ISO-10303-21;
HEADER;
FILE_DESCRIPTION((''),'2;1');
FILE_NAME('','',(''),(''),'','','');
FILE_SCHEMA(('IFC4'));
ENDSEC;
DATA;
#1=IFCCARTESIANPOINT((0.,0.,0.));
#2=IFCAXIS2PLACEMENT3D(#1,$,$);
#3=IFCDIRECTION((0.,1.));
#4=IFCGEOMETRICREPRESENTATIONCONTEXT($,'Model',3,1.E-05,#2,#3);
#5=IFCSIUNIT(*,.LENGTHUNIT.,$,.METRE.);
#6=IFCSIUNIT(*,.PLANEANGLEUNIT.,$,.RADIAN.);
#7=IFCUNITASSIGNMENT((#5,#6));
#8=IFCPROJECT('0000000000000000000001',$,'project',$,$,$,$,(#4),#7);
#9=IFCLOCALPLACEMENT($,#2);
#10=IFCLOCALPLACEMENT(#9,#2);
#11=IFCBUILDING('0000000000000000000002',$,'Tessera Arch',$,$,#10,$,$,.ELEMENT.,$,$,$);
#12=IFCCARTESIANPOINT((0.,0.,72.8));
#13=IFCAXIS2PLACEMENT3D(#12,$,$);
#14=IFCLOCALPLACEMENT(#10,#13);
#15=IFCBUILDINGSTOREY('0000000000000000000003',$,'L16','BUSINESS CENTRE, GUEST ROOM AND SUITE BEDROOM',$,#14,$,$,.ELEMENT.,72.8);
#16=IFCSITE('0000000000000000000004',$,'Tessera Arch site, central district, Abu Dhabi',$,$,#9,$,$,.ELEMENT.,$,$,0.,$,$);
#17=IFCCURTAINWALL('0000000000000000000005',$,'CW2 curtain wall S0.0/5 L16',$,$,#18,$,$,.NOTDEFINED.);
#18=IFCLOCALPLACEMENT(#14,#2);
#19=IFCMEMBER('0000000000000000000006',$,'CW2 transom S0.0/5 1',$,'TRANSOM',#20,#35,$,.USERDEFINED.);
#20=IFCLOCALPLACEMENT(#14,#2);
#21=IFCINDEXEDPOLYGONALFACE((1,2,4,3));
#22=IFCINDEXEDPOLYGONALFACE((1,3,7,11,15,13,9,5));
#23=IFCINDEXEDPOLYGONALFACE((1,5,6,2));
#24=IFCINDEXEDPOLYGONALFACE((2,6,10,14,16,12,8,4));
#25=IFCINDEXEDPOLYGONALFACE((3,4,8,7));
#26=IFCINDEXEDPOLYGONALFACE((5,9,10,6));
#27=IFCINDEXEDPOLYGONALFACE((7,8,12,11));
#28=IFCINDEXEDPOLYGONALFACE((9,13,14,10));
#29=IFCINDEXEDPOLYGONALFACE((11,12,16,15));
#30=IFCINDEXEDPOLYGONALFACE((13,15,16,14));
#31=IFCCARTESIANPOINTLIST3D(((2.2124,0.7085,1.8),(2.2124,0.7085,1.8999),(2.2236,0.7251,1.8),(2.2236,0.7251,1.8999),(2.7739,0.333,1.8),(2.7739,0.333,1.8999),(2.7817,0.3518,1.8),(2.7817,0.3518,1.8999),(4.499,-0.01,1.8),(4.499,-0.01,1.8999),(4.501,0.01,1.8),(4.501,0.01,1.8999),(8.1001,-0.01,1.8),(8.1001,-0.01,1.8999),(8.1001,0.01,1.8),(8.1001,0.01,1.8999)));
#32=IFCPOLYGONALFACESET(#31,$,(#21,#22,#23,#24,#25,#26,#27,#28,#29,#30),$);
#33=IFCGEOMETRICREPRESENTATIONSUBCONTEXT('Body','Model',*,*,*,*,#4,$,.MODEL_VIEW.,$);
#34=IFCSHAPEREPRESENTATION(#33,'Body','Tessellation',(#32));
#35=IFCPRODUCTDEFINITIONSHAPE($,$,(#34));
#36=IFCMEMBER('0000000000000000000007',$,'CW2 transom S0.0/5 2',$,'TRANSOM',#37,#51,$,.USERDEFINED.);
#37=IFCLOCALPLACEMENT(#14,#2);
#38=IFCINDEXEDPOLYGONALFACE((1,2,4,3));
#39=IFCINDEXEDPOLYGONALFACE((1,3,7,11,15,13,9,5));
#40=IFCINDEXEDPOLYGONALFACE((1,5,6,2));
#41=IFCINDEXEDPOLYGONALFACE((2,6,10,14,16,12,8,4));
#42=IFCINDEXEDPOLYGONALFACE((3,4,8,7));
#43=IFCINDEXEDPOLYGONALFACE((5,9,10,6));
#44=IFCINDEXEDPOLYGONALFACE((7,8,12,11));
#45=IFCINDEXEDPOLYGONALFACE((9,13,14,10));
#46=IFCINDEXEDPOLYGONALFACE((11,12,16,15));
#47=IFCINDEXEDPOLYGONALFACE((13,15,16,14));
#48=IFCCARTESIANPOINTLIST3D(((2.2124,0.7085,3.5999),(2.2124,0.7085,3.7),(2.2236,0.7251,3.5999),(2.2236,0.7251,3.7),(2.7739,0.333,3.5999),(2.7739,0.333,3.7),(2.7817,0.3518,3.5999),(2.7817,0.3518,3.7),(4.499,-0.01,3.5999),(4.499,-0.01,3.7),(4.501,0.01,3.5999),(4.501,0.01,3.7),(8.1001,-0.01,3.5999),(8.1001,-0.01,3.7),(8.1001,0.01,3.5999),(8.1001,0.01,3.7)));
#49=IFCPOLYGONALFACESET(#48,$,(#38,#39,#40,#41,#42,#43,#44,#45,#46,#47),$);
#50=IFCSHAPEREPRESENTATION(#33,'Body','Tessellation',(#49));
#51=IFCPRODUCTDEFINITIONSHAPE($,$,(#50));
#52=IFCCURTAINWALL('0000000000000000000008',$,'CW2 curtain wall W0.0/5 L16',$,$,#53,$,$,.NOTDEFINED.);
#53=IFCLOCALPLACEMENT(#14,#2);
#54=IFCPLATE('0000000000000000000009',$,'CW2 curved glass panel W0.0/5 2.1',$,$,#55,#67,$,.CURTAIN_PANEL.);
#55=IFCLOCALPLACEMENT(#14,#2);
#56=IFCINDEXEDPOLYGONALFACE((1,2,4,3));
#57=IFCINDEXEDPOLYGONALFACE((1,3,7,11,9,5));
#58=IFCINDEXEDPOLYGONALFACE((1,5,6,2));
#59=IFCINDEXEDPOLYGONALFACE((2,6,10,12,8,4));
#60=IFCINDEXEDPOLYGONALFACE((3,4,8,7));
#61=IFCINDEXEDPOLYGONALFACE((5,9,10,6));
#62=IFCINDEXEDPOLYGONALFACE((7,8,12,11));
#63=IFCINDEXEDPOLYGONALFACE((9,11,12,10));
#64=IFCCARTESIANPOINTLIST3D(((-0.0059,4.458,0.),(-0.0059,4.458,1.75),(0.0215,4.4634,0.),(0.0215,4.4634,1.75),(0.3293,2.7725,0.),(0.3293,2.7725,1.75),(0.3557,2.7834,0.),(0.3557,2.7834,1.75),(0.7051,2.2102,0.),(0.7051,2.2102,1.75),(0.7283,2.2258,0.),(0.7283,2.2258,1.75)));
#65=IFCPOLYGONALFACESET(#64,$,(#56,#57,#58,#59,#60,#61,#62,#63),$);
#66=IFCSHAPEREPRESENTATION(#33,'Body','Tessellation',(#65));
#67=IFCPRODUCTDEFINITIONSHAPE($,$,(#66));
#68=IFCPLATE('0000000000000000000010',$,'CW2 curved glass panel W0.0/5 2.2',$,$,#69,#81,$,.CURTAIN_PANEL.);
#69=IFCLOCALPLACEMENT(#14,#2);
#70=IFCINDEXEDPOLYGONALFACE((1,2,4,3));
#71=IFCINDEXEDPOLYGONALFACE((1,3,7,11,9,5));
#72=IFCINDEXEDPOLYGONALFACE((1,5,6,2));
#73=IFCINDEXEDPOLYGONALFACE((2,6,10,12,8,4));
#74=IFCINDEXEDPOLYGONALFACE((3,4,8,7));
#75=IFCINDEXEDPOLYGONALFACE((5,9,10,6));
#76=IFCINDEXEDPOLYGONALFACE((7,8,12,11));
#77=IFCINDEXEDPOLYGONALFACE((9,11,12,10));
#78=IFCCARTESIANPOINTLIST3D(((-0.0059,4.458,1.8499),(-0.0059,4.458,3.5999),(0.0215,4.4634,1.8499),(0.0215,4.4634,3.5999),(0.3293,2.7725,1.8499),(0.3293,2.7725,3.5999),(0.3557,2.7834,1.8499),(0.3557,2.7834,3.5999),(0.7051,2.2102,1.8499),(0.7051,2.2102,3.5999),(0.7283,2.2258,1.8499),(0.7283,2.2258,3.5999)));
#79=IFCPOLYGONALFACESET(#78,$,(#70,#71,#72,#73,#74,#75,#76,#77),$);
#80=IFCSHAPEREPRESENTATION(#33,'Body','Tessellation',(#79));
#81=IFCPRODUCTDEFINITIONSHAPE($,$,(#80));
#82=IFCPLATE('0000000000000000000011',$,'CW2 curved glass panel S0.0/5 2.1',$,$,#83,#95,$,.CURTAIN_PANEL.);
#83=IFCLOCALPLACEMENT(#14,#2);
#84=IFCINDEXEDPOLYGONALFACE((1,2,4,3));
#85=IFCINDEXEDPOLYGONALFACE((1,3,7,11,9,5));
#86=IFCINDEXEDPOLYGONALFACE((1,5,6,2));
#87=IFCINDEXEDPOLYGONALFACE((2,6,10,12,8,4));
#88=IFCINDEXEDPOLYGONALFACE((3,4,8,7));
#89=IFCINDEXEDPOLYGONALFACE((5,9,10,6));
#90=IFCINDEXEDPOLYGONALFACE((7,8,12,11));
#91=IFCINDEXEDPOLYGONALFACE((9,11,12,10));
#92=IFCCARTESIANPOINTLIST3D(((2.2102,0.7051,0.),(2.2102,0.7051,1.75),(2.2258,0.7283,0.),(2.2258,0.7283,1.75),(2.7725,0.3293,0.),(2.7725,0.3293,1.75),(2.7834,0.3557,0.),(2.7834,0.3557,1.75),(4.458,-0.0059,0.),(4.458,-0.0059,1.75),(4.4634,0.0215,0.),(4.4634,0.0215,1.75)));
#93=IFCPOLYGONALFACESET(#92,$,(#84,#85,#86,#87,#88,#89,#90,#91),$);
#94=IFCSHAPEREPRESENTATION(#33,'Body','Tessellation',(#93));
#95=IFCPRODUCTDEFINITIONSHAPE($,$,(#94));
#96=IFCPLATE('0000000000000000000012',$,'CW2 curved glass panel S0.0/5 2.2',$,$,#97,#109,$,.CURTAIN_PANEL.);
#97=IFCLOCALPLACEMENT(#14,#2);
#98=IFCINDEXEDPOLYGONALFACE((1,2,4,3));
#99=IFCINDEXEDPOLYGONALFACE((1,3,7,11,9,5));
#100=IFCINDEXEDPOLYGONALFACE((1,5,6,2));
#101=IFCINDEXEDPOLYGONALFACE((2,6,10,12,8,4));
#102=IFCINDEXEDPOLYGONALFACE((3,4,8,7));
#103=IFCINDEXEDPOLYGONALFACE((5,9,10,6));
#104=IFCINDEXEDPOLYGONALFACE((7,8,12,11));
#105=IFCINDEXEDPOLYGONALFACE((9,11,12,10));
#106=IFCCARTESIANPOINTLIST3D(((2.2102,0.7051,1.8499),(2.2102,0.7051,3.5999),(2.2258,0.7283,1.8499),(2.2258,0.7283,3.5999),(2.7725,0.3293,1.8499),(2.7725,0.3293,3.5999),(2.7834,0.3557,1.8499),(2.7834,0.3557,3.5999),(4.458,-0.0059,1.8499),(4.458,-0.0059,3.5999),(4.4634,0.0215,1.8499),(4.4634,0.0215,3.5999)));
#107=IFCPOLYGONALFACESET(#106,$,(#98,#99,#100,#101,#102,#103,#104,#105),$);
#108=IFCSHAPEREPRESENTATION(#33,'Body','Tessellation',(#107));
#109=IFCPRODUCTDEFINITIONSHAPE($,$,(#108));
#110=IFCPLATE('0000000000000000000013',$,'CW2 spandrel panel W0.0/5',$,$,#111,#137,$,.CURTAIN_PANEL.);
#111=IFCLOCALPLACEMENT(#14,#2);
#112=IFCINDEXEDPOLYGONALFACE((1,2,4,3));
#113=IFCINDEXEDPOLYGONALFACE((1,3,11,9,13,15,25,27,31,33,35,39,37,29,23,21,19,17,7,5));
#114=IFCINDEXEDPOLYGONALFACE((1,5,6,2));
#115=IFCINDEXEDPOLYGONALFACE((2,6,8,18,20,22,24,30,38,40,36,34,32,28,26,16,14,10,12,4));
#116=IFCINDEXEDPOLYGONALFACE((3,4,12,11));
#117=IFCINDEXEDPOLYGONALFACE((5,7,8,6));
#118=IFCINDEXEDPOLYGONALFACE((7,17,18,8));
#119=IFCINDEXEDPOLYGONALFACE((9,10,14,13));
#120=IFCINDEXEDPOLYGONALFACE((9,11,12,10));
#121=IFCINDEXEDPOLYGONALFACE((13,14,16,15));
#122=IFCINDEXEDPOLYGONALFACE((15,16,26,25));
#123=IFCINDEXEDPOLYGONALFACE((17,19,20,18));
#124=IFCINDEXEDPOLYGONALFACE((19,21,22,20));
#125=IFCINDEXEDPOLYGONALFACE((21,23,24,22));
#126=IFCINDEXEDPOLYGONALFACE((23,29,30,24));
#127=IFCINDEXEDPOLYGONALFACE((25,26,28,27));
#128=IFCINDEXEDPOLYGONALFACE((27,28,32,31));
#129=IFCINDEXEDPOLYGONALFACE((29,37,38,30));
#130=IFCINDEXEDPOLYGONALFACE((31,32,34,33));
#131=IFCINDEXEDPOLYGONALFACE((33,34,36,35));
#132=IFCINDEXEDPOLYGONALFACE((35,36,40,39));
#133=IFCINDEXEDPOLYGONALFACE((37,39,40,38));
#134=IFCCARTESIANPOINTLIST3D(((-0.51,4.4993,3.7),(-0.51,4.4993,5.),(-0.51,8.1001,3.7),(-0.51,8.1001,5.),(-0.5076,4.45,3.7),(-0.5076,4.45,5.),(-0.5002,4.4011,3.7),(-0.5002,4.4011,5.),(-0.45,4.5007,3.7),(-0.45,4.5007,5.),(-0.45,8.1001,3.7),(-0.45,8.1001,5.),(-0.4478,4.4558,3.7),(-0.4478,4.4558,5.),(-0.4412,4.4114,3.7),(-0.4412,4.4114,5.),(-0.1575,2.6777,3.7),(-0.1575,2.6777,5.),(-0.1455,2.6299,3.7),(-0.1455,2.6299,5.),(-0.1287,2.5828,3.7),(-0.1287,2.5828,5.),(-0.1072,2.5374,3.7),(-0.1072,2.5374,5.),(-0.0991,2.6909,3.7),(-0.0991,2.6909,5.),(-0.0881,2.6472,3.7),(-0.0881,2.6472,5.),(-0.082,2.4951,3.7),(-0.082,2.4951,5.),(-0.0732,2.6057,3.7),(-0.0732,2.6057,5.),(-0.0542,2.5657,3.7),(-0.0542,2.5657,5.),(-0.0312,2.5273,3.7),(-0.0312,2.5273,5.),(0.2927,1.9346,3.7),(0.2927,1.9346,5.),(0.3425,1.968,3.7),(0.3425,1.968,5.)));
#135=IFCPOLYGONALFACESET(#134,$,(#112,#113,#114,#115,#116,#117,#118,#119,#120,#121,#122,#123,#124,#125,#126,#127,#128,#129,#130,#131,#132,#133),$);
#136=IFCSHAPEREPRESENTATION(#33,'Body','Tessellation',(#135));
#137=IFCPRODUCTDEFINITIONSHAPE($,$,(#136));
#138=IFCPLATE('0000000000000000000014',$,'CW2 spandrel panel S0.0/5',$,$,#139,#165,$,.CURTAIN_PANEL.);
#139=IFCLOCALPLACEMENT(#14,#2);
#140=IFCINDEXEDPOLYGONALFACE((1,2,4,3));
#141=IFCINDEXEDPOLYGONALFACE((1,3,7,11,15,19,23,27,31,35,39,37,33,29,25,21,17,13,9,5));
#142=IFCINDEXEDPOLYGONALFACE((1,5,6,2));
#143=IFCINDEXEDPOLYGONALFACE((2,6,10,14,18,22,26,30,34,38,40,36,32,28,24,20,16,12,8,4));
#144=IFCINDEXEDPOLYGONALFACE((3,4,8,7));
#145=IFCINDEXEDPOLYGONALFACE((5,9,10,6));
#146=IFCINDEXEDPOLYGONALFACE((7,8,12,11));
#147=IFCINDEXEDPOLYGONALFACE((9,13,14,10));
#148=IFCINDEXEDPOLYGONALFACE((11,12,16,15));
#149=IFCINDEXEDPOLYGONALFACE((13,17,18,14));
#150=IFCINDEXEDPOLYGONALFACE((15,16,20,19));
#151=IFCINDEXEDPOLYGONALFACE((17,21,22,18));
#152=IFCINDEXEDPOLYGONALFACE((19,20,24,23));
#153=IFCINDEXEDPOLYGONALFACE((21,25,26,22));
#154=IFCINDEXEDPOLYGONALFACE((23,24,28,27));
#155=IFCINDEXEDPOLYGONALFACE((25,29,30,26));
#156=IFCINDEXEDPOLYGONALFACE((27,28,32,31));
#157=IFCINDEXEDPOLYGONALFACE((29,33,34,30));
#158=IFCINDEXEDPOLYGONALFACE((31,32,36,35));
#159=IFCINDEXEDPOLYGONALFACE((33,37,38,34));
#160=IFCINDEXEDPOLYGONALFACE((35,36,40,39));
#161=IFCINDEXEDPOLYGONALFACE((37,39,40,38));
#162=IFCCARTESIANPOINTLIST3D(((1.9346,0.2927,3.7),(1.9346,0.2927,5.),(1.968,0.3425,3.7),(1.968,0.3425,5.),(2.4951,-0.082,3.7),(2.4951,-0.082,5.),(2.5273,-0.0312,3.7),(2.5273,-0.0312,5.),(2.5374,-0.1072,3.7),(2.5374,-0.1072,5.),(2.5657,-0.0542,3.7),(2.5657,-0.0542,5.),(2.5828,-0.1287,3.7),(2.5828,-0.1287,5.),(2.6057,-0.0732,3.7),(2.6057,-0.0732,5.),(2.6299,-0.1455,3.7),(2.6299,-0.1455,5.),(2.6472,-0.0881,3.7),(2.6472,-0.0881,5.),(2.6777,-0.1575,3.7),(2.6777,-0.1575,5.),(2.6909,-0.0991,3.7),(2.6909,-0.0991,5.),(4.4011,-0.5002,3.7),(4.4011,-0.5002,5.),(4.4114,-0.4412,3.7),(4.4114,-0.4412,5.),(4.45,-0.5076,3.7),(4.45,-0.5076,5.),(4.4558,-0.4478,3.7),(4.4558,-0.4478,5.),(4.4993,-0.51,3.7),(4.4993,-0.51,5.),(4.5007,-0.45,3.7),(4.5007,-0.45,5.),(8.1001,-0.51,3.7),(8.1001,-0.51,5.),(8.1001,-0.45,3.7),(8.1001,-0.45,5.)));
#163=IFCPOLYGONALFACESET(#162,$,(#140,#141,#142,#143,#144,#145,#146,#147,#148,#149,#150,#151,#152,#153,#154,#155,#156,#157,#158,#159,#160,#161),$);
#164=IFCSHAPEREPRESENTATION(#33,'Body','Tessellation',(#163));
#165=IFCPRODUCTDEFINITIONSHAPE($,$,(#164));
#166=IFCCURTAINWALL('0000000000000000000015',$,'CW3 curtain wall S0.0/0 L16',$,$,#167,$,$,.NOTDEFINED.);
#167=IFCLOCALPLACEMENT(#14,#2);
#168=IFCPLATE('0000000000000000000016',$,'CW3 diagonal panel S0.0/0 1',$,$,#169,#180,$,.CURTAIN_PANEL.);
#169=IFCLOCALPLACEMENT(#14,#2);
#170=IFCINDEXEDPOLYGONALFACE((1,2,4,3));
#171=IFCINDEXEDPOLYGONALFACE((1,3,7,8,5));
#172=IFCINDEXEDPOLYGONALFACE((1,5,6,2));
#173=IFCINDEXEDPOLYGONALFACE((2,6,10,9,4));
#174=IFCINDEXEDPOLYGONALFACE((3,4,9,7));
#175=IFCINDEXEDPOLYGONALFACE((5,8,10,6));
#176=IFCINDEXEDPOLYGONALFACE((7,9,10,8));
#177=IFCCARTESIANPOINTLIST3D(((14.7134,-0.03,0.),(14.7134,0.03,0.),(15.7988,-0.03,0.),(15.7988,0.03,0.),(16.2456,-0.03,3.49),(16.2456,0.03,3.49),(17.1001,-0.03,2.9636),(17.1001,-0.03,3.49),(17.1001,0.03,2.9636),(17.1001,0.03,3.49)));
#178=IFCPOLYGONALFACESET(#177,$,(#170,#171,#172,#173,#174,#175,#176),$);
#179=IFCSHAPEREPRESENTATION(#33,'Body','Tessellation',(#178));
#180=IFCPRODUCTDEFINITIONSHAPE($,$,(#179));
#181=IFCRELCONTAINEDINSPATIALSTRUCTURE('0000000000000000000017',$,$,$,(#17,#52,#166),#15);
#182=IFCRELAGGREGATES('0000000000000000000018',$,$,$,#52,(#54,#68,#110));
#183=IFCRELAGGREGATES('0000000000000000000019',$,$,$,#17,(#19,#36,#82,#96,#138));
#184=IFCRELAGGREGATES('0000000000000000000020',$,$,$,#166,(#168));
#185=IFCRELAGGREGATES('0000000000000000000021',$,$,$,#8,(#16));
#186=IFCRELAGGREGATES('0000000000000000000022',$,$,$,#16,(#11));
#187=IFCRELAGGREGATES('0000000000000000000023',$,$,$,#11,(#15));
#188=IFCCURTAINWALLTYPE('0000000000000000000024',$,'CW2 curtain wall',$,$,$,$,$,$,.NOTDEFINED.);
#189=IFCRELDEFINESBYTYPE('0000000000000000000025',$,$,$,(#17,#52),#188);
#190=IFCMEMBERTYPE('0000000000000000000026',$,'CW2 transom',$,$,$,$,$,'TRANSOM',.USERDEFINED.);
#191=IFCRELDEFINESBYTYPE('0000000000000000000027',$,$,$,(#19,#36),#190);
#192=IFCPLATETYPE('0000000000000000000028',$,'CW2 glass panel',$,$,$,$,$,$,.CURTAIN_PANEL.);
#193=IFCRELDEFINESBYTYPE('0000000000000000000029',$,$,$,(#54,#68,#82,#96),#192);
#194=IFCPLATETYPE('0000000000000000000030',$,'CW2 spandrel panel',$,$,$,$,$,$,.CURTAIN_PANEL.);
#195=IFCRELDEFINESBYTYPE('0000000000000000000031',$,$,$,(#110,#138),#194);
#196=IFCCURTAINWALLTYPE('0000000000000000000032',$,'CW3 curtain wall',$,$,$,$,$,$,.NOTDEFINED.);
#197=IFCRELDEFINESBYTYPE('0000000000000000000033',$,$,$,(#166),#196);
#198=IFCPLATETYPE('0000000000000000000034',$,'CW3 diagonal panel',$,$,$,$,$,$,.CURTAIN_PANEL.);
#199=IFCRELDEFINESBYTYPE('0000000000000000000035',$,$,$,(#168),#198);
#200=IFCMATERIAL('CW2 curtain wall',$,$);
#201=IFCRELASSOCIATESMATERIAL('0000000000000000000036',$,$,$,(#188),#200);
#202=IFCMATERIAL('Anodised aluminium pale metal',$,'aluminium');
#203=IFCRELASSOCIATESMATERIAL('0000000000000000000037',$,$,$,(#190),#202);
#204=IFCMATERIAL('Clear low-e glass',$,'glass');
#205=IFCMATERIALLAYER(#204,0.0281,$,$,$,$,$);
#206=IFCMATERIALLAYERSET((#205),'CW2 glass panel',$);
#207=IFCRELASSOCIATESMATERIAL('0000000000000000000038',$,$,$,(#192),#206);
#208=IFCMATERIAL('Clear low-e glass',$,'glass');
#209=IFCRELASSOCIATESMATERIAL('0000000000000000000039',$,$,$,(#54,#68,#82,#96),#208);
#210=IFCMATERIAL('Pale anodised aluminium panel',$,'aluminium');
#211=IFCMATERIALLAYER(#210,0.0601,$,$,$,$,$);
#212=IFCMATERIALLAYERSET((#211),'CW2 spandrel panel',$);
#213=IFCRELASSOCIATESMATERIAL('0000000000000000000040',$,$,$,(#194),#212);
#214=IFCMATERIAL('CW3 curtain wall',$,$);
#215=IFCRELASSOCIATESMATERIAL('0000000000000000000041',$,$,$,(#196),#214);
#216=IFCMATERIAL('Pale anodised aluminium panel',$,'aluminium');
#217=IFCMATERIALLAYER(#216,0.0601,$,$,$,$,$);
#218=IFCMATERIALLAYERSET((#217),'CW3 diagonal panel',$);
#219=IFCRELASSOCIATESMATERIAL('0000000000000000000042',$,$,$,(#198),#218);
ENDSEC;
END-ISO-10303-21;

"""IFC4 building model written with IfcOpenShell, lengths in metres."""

from ifc_helpers import new_model, si_unit, direction, frame, origin, origin_2d, place, context, subcontext, project, spatial, polyline, rectangle, outline, extrude, material, layer, layer_set, material_profile, profile_set, type_object, element, aggregate, save


model = new_model("IFC4")

# Units and contexts
model_context = context("Model", 3, precision=1e-05, world=origin(), true_north=direction((0.0, 1.0)))
body_context = subcontext(model_context, "Body", "Model", "MODEL_VIEW")
ifc_project = project(units=[si_unit("LENGTHUNIT", "METRE"), si_unit("PLANEANGLEUNIT", "RADIAN")], contexts=[model_context])

# Site, building, storey
site_placement = place(None, origin())
site = spatial("IfcSite", under=ifc_project, at=site_placement, Name="Tessera Arch site, central district, Abu Dhabi", CompositionType="ELEMENT", RefElevation=0.0)
building_placement = place(site_placement, origin())
building = spatial("IfcBuilding", under=site, at=building_placement, Name="Tessera Arch", CompositionType="ELEMENT")
storey_placement = place(building_placement, frame((0.0, 0.0, 72.8)))
storey = spatial("IfcBuildingStorey", under=building, at=storey_placement, Name="L16", Description="BUSINESS CENTRE, GUEST ROOM AND SUITE BEDROOM", CompositionType="ELEMENT", Elevation=72.8)

# Curtain wall, members
ifc_material_1 = material(Name="CW2 curtain wall")
curtain_wall_type_1 = type_object("IfcCurtainWallType", Name="CW2 curtain wall", PredefinedType="NOTDEFINED", material=ifc_material_1)
curtain_wall_1_placement = place(storey_placement, origin())
curtain_wall_1 = element("IfcCurtainWall", 1, at=curtain_wall_1_placement, inside=storey, type_object=curtain_wall_type_1, Name="CW2 curtain wall S0.0/5 L16", PredefinedType="NOTDEFINED")
ifc_material_2 = material(Name="Anodised aluminium pale metal", Category="aluminium")
ifc_material_profile = material_profile(ifc_material_2, rectangle(XDim=0.2, YDim=0.1001, at=origin_2d()), Name="AL 200x100")
ifc_profile_set = profile_set([ifc_material_profile], Name="Anodised aluminium pale metal")
member_type = type_object("IfcMemberType", Name="CW2 transom", ElementType="TRANSOM", PredefinedType="USERDEFINED", material=ifc_profile_set)
member_1_placement = place(storey_placement, frame((0.0, 0.0, 1.8)))
member_1 = element("IfcMember", 2, at=member_1_placement, type_object=member_type, Name="CW2 transom S0.0/5 1", ObjectType="TRANSOM", PredefinedType="USERDEFINED", context=body_context, shape_type="SweptSolid", body=[
    extrude(outline(polyline([(2.7817, 0.3518), (2.2236, 0.7251), (2.2124, 0.7085), (2.7739, 0.333), (4.499, -0.01), (8.1001, -0.01), (8.1001, 0.01), (4.501, 0.01), (2.7817, 0.3518)])), origin(), (0.0, 0.0, 1.0), 0.0999),
])
member_2_placement = place(storey_placement, frame((0.0, 0.0, 3.5999)))
member_2 = element("IfcMember", 3, at=member_2_placement, type_object=member_type, Name="CW2 transom S0.0/5 2", ObjectType="TRANSOM", PredefinedType="USERDEFINED", context=body_context, shape_type="SweptSolid", body=[
    extrude(outline(polyline([(2.7817, 0.3518), (2.2236, 0.7251), (2.2124, 0.7085), (2.7739, 0.333), (4.499, -0.01), (8.1001, -0.01), (8.1001, 0.01), (4.501, 0.01), (2.7817, 0.3518)])), origin(), (0.0, 0.0, 1.0), 0.1001),
])

# Curtain wall, plates
curtain_wall_2_placement = place(storey_placement, origin())
curtain_wall_2 = element("IfcCurtainWall", 4, at=curtain_wall_2_placement, inside=storey, type_object=curtain_wall_type_1, Name="CW2 curtain wall W0.0/5 L16", PredefinedType="NOTDEFINED")
ifc_material_3 = material(Name="Clear low-e glass", Category="glass")
ifc_material_4 = material(Name="Clear low-e glass", Category="glass")
ifc_layer_1 = layer(ifc_material_4, 0.0281)
ifc_layer_set_1 = layer_set([ifc_layer_1], Name="CW2 glass panel")
plate_type_1 = type_object("IfcPlateType", Name="CW2 glass panel", PredefinedType="CURTAIN_PANEL", material=ifc_layer_set_1)
plate_1_placement = place(storey_placement, origin())
plate_1 = element("IfcPlate", 5, at=plate_1_placement, type_object=plate_type_1, material=ifc_material_3, Name="CW2 curved glass panel W0.0/5 2.1", PredefinedType="CURTAIN_PANEL", context=body_context, shape_type="SweptSolid", body=[
    extrude(outline(polyline([(0.3557, 2.7834), (0.0215, 4.4634), (-0.0059, 4.458), (0.3293, 2.7725), (0.7051, 2.2102), (0.7283, 2.2258), (0.3557, 2.7834)])), origin(), (0.0, 0.0, 1.0), 1.75),
])
plate_2_placement = place(storey_placement, frame((0.0, 0.0, 1.8499)))
plate_2 = element("IfcPlate", 6, at=plate_2_placement, type_object=plate_type_1, material=ifc_material_3, Name="CW2 curved glass panel W0.0/5 2.2", PredefinedType="CURTAIN_PANEL", context=body_context, shape_type="SweptSolid", body=[
    extrude(outline(polyline([(0.3557, 2.7834), (0.0215, 4.4634), (-0.0059, 4.458), (0.3293, 2.7725), (0.7051, 2.2102), (0.7283, 2.2258), (0.3557, 2.7834)])), origin(), (0.0, 0.0, 1.0), 1.75),
])

# Plates
plate_3_placement = place(storey_placement, origin())
plate_3 = element("IfcPlate", 7, at=plate_3_placement, type_object=plate_type_1, material=ifc_material_3, Name="CW2 curved glass panel S0.0/5 2.1", PredefinedType="CURTAIN_PANEL", context=body_context, shape_type="SweptSolid", body=[
    extrude(outline(polyline([(2.7834, 0.3557), (2.2258, 0.7283), (2.2102, 0.7051), (2.7725, 0.3293), (4.458, -0.0059), (4.4634, 0.0215), (2.7834, 0.3557)])), origin(), (0.0, 0.0, 1.0), 1.75),
])
plate_4_placement = place(storey_placement, frame((0.0, 0.0, 1.8499)))
plate_4 = element("IfcPlate", 8, at=plate_4_placement, type_object=plate_type_1, material=ifc_material_3, Name="CW2 curved glass panel S0.0/5 2.2", PredefinedType="CURTAIN_PANEL", context=body_context, shape_type="SweptSolid", body=[
    extrude(outline(polyline([(2.7834, 0.3557), (2.2258, 0.7283), (2.2102, 0.7051), (2.7725, 0.3293), (4.458, -0.0059), (4.4634, 0.0215), (2.7834, 0.3557)])), origin(), (0.0, 0.0, 1.0), 1.75),
])
ifc_material_5 = material(Name="Pale anodised aluminium panel", Category="aluminium")
ifc_layer_2 = layer(ifc_material_5, 0.0601)
ifc_layer_set_2 = layer_set([ifc_layer_2], Name="CW2 spandrel panel")
plate_type_2 = type_object("IfcPlateType", Name="CW2 spandrel panel", PredefinedType="CURTAIN_PANEL", material=ifc_layer_set_2)
plate_5_placement = place(storey_placement, frame((0.0, 0.0, 3.7)))
plate_5 = element("IfcPlate", 9, at=plate_5_placement, type_object=plate_type_2, Name="CW2 spandrel panel W0.0/5", PredefinedType="CURTAIN_PANEL", context=body_context, shape_type="SweptSolid", body=[
    extrude(outline(polyline([(-0.45, 4.5007), (-0.45, 8.1001), (-0.51, 8.1001), (-0.51, 4.4993), (-0.5076, 4.45), (-0.5002, 4.4011), (-0.1575, 2.6777), (-0.1455, 2.6299), (-0.1287, 2.5828), (-0.1072, 2.5374), (-0.082, 2.4951), (0.2927, 1.9346), (0.3425, 1.968), (-0.0312, 2.5273), (-0.0542, 2.5657), (-0.0732, 2.6057), (-0.0881, 2.6472), (-0.0991, 2.6909), (-0.4412, 4.4114), (-0.4478, 4.4558), (-0.45, 4.5007)])), origin(), (0.0, 0.0, 1.0), 1.3),
])
aggregate(curtain_wall_2, [plate_1, plate_2, plate_5])
plate_6_placement = place(storey_placement, frame((0.0, 0.0, 3.7)))
plate_6 = element("IfcPlate", 10, at=plate_6_placement, type_object=plate_type_2, Name="CW2 spandrel panel S0.0/5", PredefinedType="CURTAIN_PANEL", context=body_context, shape_type="SweptSolid", body=[
    extrude(outline(polyline([(2.5273, -0.0312), (1.968, 0.3425), (1.9346, 0.2927), (2.4951, -0.082), (2.5374, -0.1072), (2.5828, -0.1287), (2.6299, -0.1455), (2.6777, -0.1575), (4.4011, -0.5002), (4.45, -0.5076), (4.4993, -0.51), (8.1001, -0.51), (8.1001, -0.45), (4.5007, -0.45), (4.4558, -0.4478), (4.4114, -0.4412), (2.6909, -0.0991), (2.6472, -0.0881), (2.6057, -0.0732), (2.5657, -0.0542), (2.5273, -0.0312)])), origin(), (0.0, 0.0, 1.0), 1.3),
])
aggregate(curtain_wall_1, [member_1, member_2, plate_3, plate_4, plate_6])

# Curtain wall, plate
ifc_material_6 = material(Name="CW3 curtain wall")
curtain_wall_type_2 = type_object("IfcCurtainWallType", Name="CW3 curtain wall", PredefinedType="NOTDEFINED", material=ifc_material_6)
curtain_wall_3_placement = place(storey_placement, origin())
curtain_wall_3 = element("IfcCurtainWall", 11, at=curtain_wall_3_placement, inside=storey, type_object=curtain_wall_type_2, Name="CW3 curtain wall S0.0/0 L16", PredefinedType="NOTDEFINED")
ifc_material_7 = material(Name="Pale anodised aluminium panel", Category="aluminium")
ifc_layer_3 = layer(ifc_material_7, 0.0601)
ifc_layer_set_3 = layer_set([ifc_layer_3], Name="CW3 diagonal panel")
plate_type_3 = type_object("IfcPlateType", Name="CW3 diagonal panel", PredefinedType="CURTAIN_PANEL", material=ifc_layer_set_3)
plate_7_placement = place(storey_placement, frame((17.1001, -0.03, 3.49), z_axis=(0.0, -1.0, 0.0), x_axis=(-1.0, 0.0, 0.0)))
plate_7 = element("IfcPlate", 12, at=plate_7_placement, type_object=plate_type_3, Name="CW3 diagonal panel S0.0/0 1", PredefinedType="CURTAIN_PANEL", context=body_context, shape_type="SweptSolid", body=[
    extrude(outline(polyline([(0.0, 0.0), (0.8545, 0.0), (2.3867, 3.49), (1.3013, 3.49), (0.0, 0.5264), (0.0, 0.0)])), origin(), (0.0, 0.0, -1.0), 0.0601),
])
aggregate(curtain_wall_3, [plate_7])

save(model, "model.ifc")
